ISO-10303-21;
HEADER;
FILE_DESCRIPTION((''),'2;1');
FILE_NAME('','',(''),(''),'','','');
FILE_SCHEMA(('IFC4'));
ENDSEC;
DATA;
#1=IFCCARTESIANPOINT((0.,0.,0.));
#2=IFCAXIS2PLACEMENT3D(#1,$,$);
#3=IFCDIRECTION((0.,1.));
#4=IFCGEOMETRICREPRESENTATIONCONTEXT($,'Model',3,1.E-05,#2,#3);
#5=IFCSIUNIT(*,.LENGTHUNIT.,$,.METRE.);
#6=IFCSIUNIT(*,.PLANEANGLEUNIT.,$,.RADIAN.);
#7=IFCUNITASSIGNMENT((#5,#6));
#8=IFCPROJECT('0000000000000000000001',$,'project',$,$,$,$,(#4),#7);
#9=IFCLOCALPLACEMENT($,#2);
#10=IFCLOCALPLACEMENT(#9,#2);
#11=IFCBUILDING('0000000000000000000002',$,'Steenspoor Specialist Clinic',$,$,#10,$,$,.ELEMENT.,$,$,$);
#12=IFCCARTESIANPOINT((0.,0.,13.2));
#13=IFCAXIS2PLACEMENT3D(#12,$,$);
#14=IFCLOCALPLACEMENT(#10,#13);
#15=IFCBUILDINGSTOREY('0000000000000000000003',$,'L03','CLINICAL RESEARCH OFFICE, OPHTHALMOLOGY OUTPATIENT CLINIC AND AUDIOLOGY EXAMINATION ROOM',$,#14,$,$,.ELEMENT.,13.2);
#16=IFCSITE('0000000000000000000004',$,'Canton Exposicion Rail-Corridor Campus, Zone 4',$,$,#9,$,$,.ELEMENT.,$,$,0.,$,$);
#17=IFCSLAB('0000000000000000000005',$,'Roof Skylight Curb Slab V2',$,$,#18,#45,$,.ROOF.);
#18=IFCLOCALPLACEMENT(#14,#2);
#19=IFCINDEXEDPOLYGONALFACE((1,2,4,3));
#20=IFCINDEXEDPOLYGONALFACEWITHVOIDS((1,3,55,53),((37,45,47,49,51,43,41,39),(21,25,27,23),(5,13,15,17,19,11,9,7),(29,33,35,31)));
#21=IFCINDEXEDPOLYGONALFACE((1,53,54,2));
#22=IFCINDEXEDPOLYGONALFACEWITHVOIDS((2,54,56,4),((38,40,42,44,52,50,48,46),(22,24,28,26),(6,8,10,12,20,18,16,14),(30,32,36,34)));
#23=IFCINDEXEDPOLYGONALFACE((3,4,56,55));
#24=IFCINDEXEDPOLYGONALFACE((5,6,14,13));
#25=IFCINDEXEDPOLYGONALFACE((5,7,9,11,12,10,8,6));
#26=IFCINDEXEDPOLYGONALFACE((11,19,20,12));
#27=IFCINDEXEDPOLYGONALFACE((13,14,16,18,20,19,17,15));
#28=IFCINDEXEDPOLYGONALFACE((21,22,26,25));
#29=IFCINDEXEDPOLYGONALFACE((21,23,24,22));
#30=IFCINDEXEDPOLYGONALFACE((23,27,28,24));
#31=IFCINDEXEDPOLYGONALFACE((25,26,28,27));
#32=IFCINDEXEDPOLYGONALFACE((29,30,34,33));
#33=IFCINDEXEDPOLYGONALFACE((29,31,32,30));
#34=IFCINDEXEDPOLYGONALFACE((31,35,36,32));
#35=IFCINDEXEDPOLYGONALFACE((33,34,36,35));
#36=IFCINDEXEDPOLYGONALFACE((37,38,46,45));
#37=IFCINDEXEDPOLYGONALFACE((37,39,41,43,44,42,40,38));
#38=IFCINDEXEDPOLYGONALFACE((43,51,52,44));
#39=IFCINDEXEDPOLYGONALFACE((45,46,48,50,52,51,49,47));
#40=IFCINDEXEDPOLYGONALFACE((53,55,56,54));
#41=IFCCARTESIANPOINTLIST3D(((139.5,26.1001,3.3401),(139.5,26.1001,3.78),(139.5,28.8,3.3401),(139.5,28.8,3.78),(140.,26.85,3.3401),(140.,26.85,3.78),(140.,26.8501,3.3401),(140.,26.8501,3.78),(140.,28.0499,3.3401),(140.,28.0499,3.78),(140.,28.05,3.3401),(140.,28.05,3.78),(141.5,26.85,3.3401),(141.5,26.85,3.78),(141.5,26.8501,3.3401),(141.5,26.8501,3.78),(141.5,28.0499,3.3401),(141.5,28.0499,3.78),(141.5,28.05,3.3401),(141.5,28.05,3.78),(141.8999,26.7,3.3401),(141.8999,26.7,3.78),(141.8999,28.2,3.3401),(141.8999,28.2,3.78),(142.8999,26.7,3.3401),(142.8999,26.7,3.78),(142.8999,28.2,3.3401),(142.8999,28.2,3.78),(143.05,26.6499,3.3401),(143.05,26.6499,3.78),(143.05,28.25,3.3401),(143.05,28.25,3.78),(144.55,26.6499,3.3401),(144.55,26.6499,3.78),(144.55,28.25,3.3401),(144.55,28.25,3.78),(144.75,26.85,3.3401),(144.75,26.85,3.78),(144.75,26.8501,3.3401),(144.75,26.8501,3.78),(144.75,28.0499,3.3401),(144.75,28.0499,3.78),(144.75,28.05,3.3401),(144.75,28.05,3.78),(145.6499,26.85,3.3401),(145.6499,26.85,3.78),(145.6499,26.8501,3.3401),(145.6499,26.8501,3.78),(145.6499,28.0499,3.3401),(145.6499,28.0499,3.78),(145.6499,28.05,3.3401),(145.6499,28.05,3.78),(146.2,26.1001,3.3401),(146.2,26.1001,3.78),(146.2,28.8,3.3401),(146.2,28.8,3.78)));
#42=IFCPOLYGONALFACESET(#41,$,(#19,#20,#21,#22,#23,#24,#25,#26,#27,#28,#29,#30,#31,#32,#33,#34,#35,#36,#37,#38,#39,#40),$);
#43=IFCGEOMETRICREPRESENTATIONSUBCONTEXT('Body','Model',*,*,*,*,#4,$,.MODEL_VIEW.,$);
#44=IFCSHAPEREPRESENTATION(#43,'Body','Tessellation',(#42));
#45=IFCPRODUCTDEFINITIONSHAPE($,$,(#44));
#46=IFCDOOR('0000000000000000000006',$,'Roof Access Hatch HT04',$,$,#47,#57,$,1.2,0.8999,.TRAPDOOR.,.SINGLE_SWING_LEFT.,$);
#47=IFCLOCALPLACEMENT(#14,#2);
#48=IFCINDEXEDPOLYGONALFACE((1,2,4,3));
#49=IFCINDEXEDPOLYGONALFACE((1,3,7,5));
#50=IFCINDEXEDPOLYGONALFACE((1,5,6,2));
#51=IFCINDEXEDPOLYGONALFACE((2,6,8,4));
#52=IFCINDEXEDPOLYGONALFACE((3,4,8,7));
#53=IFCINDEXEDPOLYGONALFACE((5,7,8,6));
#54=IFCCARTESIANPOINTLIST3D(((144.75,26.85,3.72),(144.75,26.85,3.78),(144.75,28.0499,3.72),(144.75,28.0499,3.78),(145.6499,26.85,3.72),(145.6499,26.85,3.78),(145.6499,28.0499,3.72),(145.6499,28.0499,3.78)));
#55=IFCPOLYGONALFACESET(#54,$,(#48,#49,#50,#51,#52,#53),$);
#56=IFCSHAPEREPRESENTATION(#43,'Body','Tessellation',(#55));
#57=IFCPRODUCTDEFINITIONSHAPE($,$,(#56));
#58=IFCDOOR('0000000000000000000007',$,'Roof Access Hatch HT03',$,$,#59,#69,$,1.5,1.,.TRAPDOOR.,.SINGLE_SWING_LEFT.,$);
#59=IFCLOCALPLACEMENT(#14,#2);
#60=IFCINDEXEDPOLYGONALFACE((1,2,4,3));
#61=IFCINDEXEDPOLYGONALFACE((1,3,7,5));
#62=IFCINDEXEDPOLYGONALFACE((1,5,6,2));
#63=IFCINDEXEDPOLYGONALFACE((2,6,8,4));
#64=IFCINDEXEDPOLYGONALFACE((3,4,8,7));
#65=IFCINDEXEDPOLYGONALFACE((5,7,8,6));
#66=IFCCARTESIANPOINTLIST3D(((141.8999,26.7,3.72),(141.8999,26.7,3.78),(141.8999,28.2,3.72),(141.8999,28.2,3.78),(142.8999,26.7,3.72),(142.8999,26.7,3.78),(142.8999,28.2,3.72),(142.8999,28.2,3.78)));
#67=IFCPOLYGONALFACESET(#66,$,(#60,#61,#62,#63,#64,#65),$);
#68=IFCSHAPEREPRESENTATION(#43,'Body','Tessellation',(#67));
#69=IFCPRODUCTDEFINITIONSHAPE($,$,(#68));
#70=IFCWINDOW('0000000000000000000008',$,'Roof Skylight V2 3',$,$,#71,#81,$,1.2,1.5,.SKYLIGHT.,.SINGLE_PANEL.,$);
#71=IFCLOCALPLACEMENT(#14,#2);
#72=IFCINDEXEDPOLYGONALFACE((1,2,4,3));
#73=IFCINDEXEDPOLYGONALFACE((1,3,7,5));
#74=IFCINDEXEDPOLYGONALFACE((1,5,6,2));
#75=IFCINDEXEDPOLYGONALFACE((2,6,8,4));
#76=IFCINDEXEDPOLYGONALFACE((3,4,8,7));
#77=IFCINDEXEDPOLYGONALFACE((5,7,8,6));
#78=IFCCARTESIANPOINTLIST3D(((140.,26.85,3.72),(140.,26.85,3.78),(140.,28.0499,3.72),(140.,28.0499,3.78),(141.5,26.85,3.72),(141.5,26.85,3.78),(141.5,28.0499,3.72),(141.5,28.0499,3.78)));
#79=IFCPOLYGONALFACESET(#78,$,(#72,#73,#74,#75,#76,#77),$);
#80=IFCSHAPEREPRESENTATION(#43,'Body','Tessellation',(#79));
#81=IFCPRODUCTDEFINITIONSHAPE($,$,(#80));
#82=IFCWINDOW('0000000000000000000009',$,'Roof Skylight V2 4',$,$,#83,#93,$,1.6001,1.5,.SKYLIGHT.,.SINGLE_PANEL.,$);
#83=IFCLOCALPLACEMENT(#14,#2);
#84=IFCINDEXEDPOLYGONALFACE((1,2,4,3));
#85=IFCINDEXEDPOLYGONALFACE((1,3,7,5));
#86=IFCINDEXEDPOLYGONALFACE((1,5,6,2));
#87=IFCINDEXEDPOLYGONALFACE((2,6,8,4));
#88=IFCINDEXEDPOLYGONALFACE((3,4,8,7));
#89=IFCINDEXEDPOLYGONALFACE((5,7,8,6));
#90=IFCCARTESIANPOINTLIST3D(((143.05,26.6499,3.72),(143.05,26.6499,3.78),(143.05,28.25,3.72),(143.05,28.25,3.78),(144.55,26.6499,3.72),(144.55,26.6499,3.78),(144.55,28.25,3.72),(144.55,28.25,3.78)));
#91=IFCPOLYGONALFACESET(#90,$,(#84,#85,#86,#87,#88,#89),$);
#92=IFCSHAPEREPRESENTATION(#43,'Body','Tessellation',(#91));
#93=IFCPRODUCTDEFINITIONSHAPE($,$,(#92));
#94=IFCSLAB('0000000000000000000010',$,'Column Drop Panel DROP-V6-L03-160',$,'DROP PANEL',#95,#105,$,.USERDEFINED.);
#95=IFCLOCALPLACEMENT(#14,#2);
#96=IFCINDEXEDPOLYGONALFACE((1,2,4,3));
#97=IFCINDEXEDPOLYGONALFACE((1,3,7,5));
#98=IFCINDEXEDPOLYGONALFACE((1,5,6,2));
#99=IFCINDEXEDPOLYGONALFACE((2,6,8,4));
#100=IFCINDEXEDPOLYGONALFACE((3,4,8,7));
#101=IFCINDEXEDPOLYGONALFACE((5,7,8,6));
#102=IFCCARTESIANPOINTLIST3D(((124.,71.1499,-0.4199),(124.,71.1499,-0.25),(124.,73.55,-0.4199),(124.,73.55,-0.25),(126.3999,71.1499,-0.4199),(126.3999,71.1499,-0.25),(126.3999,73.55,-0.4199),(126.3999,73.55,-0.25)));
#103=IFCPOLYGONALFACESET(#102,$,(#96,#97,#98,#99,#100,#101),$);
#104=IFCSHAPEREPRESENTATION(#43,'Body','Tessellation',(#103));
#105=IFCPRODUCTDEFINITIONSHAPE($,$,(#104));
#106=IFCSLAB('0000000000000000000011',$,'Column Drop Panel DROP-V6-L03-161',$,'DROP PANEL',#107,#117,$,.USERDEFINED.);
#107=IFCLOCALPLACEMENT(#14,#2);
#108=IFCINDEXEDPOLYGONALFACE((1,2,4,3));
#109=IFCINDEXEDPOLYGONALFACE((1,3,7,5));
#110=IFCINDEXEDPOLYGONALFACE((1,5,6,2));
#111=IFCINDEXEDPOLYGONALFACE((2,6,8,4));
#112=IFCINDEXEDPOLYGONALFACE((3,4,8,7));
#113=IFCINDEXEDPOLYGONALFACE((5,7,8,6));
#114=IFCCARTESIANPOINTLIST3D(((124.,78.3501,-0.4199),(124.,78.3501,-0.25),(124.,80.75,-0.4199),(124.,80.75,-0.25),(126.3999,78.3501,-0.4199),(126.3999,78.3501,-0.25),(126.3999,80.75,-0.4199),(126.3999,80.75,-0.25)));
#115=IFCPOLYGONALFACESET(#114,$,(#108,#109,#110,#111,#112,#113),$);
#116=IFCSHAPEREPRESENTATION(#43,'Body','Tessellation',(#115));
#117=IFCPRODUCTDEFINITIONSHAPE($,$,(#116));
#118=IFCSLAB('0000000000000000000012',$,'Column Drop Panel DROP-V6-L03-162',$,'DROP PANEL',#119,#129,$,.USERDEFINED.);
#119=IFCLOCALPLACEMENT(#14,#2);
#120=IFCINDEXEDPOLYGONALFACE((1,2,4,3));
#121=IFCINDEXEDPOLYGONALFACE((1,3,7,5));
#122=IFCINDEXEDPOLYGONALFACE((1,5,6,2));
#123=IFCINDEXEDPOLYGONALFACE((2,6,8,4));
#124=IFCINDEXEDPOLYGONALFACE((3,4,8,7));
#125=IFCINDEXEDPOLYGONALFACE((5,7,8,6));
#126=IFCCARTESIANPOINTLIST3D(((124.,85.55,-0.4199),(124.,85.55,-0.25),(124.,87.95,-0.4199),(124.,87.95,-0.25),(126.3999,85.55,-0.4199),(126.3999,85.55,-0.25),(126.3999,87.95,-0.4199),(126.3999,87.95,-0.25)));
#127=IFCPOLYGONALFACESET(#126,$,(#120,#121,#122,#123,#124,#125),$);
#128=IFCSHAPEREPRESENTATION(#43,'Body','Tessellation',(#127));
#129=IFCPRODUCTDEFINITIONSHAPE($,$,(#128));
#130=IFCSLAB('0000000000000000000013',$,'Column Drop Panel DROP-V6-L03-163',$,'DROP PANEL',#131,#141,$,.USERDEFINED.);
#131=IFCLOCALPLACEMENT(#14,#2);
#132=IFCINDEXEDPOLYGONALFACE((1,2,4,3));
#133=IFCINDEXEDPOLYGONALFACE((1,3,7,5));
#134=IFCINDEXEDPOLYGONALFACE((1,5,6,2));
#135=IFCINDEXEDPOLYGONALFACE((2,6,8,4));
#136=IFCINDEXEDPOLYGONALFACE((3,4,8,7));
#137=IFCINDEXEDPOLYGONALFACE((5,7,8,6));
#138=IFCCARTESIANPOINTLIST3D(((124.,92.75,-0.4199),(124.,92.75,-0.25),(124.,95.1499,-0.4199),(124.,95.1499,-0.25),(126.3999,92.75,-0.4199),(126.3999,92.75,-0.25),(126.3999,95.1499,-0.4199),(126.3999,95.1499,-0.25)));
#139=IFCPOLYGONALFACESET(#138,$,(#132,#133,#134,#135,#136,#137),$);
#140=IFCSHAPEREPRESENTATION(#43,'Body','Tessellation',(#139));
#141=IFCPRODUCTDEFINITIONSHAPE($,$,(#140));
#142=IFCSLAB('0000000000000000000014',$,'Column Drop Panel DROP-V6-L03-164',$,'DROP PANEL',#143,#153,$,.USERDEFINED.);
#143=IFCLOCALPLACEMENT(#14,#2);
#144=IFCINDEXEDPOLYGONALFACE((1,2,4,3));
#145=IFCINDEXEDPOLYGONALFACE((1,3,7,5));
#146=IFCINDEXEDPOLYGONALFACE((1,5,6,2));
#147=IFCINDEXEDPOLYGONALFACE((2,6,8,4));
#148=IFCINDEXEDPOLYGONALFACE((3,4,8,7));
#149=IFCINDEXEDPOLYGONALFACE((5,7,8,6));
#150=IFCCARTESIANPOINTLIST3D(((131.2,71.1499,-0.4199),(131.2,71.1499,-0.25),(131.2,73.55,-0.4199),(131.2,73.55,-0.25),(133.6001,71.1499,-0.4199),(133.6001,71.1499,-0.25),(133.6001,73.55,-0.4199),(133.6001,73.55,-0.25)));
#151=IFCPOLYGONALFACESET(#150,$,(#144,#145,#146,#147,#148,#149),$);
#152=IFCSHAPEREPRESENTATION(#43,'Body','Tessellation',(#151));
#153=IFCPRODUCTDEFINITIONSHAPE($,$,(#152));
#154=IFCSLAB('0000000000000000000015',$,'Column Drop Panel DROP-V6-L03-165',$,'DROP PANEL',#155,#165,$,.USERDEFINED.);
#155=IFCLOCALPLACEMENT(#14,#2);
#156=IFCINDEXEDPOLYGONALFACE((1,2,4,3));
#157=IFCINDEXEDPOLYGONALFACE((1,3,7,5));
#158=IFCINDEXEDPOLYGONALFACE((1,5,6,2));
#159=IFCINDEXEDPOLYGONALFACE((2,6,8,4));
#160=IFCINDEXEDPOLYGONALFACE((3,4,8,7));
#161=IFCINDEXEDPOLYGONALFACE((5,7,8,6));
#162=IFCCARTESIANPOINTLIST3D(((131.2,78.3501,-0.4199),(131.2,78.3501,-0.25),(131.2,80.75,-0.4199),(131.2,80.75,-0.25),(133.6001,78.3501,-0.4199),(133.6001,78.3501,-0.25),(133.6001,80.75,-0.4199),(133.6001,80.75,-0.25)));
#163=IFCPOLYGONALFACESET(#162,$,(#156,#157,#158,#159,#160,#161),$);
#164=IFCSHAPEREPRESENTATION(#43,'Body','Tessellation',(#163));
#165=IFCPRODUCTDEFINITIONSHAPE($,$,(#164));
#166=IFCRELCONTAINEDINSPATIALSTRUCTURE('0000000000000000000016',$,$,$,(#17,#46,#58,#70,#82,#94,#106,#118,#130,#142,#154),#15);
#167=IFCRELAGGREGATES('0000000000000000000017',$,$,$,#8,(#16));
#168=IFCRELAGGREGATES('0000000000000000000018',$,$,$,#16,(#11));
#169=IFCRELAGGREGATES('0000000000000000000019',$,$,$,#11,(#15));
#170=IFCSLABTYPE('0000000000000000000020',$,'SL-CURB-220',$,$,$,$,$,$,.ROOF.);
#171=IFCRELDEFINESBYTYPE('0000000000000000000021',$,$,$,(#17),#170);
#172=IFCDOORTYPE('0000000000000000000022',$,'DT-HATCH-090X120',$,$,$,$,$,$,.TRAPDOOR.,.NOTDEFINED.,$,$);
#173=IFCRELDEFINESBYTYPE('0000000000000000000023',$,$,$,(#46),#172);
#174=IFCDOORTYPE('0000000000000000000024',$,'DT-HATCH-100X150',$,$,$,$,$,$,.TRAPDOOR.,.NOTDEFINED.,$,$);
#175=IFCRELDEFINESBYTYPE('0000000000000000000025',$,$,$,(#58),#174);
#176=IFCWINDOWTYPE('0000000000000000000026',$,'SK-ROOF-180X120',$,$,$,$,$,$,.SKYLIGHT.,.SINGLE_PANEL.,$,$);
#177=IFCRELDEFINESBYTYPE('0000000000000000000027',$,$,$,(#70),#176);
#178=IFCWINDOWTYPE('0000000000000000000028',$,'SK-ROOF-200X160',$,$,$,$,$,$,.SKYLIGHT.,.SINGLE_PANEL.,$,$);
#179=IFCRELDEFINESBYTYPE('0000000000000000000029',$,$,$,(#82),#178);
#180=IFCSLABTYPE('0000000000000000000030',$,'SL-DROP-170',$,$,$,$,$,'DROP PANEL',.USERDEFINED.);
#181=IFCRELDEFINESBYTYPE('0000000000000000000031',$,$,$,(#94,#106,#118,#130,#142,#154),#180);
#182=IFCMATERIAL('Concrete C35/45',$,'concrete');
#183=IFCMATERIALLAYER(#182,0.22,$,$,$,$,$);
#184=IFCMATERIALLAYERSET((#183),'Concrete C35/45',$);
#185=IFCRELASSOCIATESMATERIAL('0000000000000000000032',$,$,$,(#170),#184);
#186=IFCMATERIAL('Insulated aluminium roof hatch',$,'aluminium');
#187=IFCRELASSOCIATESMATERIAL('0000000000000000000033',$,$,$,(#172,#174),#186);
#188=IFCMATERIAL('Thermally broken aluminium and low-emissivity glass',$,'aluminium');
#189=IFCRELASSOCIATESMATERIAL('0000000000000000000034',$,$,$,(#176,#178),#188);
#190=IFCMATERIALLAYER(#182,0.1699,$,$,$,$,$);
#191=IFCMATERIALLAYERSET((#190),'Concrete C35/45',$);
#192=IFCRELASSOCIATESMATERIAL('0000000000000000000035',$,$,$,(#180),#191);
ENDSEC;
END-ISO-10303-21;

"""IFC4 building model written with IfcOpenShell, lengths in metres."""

from ifc_helpers import new_model, si_unit, direction, frame, origin, origin_2d, place, context, subcontext, project, spatial, polyline, rectangle, outline, extrude, material, layer, layer_set, type_object, element, fill, save


model = new_model("IFC4")

# Units and contexts
model_context = context("Model", 3, precision=1e-05, world=origin(), true_north=direction((0.0, 1.0)))
body_context = subcontext(model_context, "Body", "Model", "MODEL_VIEW")
ifc_project = project(units=[si_unit("LENGTHUNIT", "METRE"), si_unit("PLANEANGLEUNIT", "RADIAN")], contexts=[model_context])

# Site, building, storey
site_placement = place(None, origin())
site = spatial("IfcSite", under=ifc_project, at=site_placement, Name="Canton Exposicion Rail-Corridor Campus, Zone 4", CompositionType="ELEMENT", RefElevation=0.0)
building_placement = place(site_placement, origin())
building = spatial("IfcBuilding", under=site, at=building_placement, Name="Steenspoor Specialist Clinic", CompositionType="ELEMENT")
storey_placement = place(building_placement, frame((0.0, 0.0, 13.2)))
storey = spatial("IfcBuildingStorey", under=building, at=storey_placement, Name="L03", Description="CLINICAL RESEARCH OFFICE, OPHTHALMOLOGY OUTPATIENT CLINIC AND AUDIOLOGY EXAMINATION ROOM", CompositionType="ELEMENT", Elevation=13.2)

# Slab, openings, doors, windows
ifc_material_1 = material(Name="Concrete C35/45", Category="concrete")
ifc_layer_1 = layer(ifc_material_1, 0.22)
ifc_layer_set_1 = layer_set([ifc_layer_1], Name="Concrete C35/45")
slab_type_1 = type_object("IfcSlabType", Name="SL-CURB-220", PredefinedType="ROOF", material=ifc_layer_set_1)
slab_1_placement = place(storey_placement, frame((0.0, 0.0, 3.3401)))
slab_1 = element("IfcSlab", 1, at=slab_1_placement, inside=storey, type_object=slab_type_1, Name="Roof Skylight Curb Slab V2", PredefinedType="ROOF", context=body_context, shape_type="SweptSolid", body=[
    extrude(outline(polyline([(139.5, 26.1001), (139.5, 28.8), (146.2, 28.8), (146.2, 26.1001), (139.5, 26.1001)]), holes=[polyline([(140.0, 26.8501), (141.5, 26.8501), (141.5, 28.05), (140.0, 28.05), (140.0, 26.8501)]), polyline([(141.8999, 26.7), (142.8999, 26.7), (142.8999, 28.2), (141.8999, 28.2), (141.8999, 26.7)]), polyline([(143.05, 26.6499), (144.55, 26.6499), (144.55, 28.25), (143.05, 28.25), (143.05, 26.6499)]), polyline([(144.75, 26.8501), (145.6499, 26.8501), (145.6499, 28.05), (144.75, 28.05), (144.75, 26.8501)])]), origin(), (0.0, 0.0, 1.0), 0.4399),
])
opening_1_placement = place(slab_1_placement, frame((140.75, 27.45, -0.01)))
opening_1 = element("IfcOpeningElement", 2, at=opening_1_placement, cuts=slab_1, PredefinedType="OPENING", context=body_context, shape_type="SweptSolid", body=[
    extrude(rectangle(XDim=1.5, YDim=1.2, at=origin_2d()), origin(), (0.0, 0.0, 1.0), 0.46),
])
opening_2_placement = place(slab_1_placement, frame((142.3999, 27.45, -0.01)))
opening_2 = element("IfcOpeningElement", 3, at=opening_2_placement, cuts=slab_1, PredefinedType="OPENING", context=body_context, shape_type="SweptSolid", body=[
    extrude(rectangle(XDim=1.0, YDim=1.5, at=origin_2d()), origin(), (0.0, 0.0, 1.0), 0.46),
])
opening_3_placement = place(slab_1_placement, frame((143.8, 27.45, -0.01)))
opening_3 = element("IfcOpeningElement", 4, at=opening_3_placement, cuts=slab_1, PredefinedType="OPENING", context=body_context, shape_type="SweptSolid", body=[
    extrude(rectangle(XDim=1.5, YDim=1.6001, at=origin_2d()), origin(), (0.0, 0.0, 1.0), 0.46),
])
opening_4_placement = place(slab_1_placement, frame((145.2, 27.45, -0.01)))
opening_4 = element("IfcOpeningElement", 5, at=opening_4_placement, cuts=slab_1, PredefinedType="OPENING", context=body_context, shape_type="SweptSolid", body=[
    extrude(rectangle(XDim=0.8999, YDim=1.2, at=origin_2d()), origin(), (0.0, 0.0, 1.0), 0.46),
])
ifc_material_2 = material(Name="Insulated aluminium roof hatch", Category="aluminium")
door_type_1 = type_object("IfcDoorType", Name="DT-HATCH-090X120", OperationType="NOTDEFINED", PredefinedType="TRAPDOOR", material=ifc_material_2)
door_1_placement = place(slab_1_placement, frame((145.2, 27.45, 0.3799)))
door_1 = element("IfcDoor", 6, at=door_1_placement, inside=storey, type_object=door_type_1, Name="Roof Access Hatch HT04", OperationType="SINGLE_SWING_LEFT", OverallHeight=1.2, OverallWidth=0.8999, PredefinedType="TRAPDOOR", context=body_context, shape_type="SweptSolid", body=[
    extrude(rectangle(XDim=0.8999, YDim=1.2, at=origin_2d()), origin(), (0.0, 0.0, 1.0), 0.0601),
])
fill(opening_4, door_1)
door_type_2 = type_object("IfcDoorType", Name="DT-HATCH-100X150", OperationType="NOTDEFINED", PredefinedType="TRAPDOOR", material=ifc_material_2)
door_2_placement = place(slab_1_placement, frame((142.3999, 27.45, 0.3799)))
door_2 = element("IfcDoor", 7, at=door_2_placement, inside=storey, type_object=door_type_2, Name="Roof Access Hatch HT03", OperationType="SINGLE_SWING_LEFT", OverallHeight=1.5, OverallWidth=1.0, PredefinedType="TRAPDOOR", context=body_context, shape_type="SweptSolid", body=[
    extrude(rectangle(XDim=1.0, YDim=1.5, at=origin_2d()), origin(), (0.0, 0.0, 1.0), 0.0601),
])
fill(opening_2, door_2)
ifc_material_3 = material(Name="Thermally broken aluminium and low-emissivity glass", Category="aluminium")
window_type_1 = type_object("IfcWindowType", Name="SK-ROOF-180X120", PartitioningType="SINGLE_PANEL", PredefinedType="SKYLIGHT", material=ifc_material_3)
window_1_placement = place(slab_1_placement, frame((140.75, 27.45, 0.3799)))
window_1 = element("IfcWindow", 8, at=window_1_placement, inside=storey, type_object=window_type_1, Name="Roof Skylight V2 3", OverallHeight=1.2, OverallWidth=1.5, PartitioningType="SINGLE_PANEL", PredefinedType="SKYLIGHT", context=body_context, shape_type="SweptSolid", body=[
    extrude(rectangle(XDim=1.5, YDim=1.2, at=origin_2d()), origin(), (0.0, 0.0, 1.0), 0.0601),
])
fill(opening_1, window_1)
window_type_2 = type_object("IfcWindowType", Name="SK-ROOF-200X160", PartitioningType="SINGLE_PANEL", PredefinedType="SKYLIGHT", material=ifc_material_3)
window_2_placement = place(slab_1_placement, frame((143.8, 27.45, 0.3799)))
window_2 = element("IfcWindow", 9, at=window_2_placement, inside=storey, type_object=window_type_2, Name="Roof Skylight V2 4", OverallHeight=1.6001, OverallWidth=1.5, PartitioningType="SINGLE_PANEL", PredefinedType="SKYLIGHT", context=body_context, shape_type="SweptSolid", body=[
    extrude(rectangle(XDim=1.5, YDim=1.6001, at=origin_2d()), origin(), (0.0, 0.0, 1.0), 0.0601),
])
fill(opening_3, window_2)

# Slabs
ifc_layer_2 = layer(ifc_material_1, 0.1699)
ifc_layer_set_2 = layer_set([ifc_layer_2], Name="Concrete C35/45")
slab_type_2 = type_object("IfcSlabType", Name="SL-DROP-170", ElementType="DROP PANEL", PredefinedType="USERDEFINED", material=ifc_layer_set_2)
slab_2_placement = place(storey_placement, frame((0.0, 0.0, -0.4199)))
element("IfcSlab", 10, at=slab_2_placement, inside=storey, type_object=slab_type_2, Name="Column Drop Panel DROP-V6-L03-160", ObjectType="DROP PANEL", PredefinedType="USERDEFINED", context=body_context, shape_type="SweptSolid", body=[
    extrude(outline(polyline([(126.3999, 71.1499), (126.3999, 73.55), (124.0, 73.55), (124.0, 71.1499), (126.3999, 71.1499)])), origin(), (0.0, 0.0, 1.0), 0.1699),
])
slab_3_placement = place(storey_placement, frame((0.0, 0.0, -0.4199)))
element("IfcSlab", 11, at=slab_3_placement, inside=storey, type_object=slab_type_2, Name="Column Drop Panel DROP-V6-L03-161", ObjectType="DROP PANEL", PredefinedType="USERDEFINED", context=body_context, shape_type="SweptSolid", body=[
    extrude(outline(polyline([(126.3999, 78.3501), (126.3999, 80.75), (124.0, 80.75), (124.0, 78.3501), (126.3999, 78.3501)])), origin(), (0.0, 0.0, 1.0), 0.1699),
])
slab_4_placement = place(storey_placement, frame((0.0, 0.0, -0.4199)))
element("IfcSlab", 12, at=slab_4_placement, inside=storey, type_object=slab_type_2, Name="Column Drop Panel DROP-V6-L03-162", ObjectType="DROP PANEL", PredefinedType="USERDEFINED", context=body_context, shape_type="SweptSolid", body=[
    extrude(outline(polyline([(126.3999, 85.55), (126.3999, 87.95), (124.0, 87.95), (124.0, 85.55), (126.3999, 85.55)])), origin(), (0.0, 0.0, 1.0), 0.1699),
])
slab_5_placement = place(storey_placement, frame((0.0, 0.0, -0.4199)))
element("IfcSlab", 13, at=slab_5_placement, inside=storey, type_object=slab_type_2, Name="Column Drop Panel DROP-V6-L03-163", ObjectType="DROP PANEL", PredefinedType="USERDEFINED", context=body_context, shape_type="SweptSolid", body=[
    extrude(outline(polyline([(126.3999, 92.75), (126.3999, 95.1499), (124.0, 95.1499), (124.0, 92.75), (126.3999, 92.75)])), origin(), (0.0, 0.0, 1.0), 0.1699),
])
slab_6_placement = place(storey_placement, frame((0.0, 0.0, -0.4199)))
element("IfcSlab", 14, at=slab_6_placement, inside=storey, type_object=slab_type_2, Name="Column Drop Panel DROP-V6-L03-164", ObjectType="DROP PANEL", PredefinedType="USERDEFINED", context=body_context, shape_type="SweptSolid", body=[
    extrude(outline(polyline([(133.6001, 71.1499), (133.6001, 73.55), (131.2, 73.55), (131.2, 71.1499), (133.6001, 71.1499)])), origin(), (0.0, 0.0, 1.0), 0.1699),
])
slab_7_placement = place(storey_placement, frame((0.0, 0.0, -0.4199)))
element("IfcSlab", 15, at=slab_7_placement, inside=storey, type_object=slab_type_2, Name="Column Drop Panel DROP-V6-L03-165", ObjectType="DROP PANEL", PredefinedType="USERDEFINED", context=body_context, shape_type="SweptSolid", body=[
    extrude(outline(polyline([(133.6001, 78.3501), (133.6001, 80.75), (131.2, 80.75), (131.2, 78.3501), (133.6001, 78.3501)])), origin(), (0.0, 0.0, 1.0), 0.1699),
])

save(model, "model.ifc")
